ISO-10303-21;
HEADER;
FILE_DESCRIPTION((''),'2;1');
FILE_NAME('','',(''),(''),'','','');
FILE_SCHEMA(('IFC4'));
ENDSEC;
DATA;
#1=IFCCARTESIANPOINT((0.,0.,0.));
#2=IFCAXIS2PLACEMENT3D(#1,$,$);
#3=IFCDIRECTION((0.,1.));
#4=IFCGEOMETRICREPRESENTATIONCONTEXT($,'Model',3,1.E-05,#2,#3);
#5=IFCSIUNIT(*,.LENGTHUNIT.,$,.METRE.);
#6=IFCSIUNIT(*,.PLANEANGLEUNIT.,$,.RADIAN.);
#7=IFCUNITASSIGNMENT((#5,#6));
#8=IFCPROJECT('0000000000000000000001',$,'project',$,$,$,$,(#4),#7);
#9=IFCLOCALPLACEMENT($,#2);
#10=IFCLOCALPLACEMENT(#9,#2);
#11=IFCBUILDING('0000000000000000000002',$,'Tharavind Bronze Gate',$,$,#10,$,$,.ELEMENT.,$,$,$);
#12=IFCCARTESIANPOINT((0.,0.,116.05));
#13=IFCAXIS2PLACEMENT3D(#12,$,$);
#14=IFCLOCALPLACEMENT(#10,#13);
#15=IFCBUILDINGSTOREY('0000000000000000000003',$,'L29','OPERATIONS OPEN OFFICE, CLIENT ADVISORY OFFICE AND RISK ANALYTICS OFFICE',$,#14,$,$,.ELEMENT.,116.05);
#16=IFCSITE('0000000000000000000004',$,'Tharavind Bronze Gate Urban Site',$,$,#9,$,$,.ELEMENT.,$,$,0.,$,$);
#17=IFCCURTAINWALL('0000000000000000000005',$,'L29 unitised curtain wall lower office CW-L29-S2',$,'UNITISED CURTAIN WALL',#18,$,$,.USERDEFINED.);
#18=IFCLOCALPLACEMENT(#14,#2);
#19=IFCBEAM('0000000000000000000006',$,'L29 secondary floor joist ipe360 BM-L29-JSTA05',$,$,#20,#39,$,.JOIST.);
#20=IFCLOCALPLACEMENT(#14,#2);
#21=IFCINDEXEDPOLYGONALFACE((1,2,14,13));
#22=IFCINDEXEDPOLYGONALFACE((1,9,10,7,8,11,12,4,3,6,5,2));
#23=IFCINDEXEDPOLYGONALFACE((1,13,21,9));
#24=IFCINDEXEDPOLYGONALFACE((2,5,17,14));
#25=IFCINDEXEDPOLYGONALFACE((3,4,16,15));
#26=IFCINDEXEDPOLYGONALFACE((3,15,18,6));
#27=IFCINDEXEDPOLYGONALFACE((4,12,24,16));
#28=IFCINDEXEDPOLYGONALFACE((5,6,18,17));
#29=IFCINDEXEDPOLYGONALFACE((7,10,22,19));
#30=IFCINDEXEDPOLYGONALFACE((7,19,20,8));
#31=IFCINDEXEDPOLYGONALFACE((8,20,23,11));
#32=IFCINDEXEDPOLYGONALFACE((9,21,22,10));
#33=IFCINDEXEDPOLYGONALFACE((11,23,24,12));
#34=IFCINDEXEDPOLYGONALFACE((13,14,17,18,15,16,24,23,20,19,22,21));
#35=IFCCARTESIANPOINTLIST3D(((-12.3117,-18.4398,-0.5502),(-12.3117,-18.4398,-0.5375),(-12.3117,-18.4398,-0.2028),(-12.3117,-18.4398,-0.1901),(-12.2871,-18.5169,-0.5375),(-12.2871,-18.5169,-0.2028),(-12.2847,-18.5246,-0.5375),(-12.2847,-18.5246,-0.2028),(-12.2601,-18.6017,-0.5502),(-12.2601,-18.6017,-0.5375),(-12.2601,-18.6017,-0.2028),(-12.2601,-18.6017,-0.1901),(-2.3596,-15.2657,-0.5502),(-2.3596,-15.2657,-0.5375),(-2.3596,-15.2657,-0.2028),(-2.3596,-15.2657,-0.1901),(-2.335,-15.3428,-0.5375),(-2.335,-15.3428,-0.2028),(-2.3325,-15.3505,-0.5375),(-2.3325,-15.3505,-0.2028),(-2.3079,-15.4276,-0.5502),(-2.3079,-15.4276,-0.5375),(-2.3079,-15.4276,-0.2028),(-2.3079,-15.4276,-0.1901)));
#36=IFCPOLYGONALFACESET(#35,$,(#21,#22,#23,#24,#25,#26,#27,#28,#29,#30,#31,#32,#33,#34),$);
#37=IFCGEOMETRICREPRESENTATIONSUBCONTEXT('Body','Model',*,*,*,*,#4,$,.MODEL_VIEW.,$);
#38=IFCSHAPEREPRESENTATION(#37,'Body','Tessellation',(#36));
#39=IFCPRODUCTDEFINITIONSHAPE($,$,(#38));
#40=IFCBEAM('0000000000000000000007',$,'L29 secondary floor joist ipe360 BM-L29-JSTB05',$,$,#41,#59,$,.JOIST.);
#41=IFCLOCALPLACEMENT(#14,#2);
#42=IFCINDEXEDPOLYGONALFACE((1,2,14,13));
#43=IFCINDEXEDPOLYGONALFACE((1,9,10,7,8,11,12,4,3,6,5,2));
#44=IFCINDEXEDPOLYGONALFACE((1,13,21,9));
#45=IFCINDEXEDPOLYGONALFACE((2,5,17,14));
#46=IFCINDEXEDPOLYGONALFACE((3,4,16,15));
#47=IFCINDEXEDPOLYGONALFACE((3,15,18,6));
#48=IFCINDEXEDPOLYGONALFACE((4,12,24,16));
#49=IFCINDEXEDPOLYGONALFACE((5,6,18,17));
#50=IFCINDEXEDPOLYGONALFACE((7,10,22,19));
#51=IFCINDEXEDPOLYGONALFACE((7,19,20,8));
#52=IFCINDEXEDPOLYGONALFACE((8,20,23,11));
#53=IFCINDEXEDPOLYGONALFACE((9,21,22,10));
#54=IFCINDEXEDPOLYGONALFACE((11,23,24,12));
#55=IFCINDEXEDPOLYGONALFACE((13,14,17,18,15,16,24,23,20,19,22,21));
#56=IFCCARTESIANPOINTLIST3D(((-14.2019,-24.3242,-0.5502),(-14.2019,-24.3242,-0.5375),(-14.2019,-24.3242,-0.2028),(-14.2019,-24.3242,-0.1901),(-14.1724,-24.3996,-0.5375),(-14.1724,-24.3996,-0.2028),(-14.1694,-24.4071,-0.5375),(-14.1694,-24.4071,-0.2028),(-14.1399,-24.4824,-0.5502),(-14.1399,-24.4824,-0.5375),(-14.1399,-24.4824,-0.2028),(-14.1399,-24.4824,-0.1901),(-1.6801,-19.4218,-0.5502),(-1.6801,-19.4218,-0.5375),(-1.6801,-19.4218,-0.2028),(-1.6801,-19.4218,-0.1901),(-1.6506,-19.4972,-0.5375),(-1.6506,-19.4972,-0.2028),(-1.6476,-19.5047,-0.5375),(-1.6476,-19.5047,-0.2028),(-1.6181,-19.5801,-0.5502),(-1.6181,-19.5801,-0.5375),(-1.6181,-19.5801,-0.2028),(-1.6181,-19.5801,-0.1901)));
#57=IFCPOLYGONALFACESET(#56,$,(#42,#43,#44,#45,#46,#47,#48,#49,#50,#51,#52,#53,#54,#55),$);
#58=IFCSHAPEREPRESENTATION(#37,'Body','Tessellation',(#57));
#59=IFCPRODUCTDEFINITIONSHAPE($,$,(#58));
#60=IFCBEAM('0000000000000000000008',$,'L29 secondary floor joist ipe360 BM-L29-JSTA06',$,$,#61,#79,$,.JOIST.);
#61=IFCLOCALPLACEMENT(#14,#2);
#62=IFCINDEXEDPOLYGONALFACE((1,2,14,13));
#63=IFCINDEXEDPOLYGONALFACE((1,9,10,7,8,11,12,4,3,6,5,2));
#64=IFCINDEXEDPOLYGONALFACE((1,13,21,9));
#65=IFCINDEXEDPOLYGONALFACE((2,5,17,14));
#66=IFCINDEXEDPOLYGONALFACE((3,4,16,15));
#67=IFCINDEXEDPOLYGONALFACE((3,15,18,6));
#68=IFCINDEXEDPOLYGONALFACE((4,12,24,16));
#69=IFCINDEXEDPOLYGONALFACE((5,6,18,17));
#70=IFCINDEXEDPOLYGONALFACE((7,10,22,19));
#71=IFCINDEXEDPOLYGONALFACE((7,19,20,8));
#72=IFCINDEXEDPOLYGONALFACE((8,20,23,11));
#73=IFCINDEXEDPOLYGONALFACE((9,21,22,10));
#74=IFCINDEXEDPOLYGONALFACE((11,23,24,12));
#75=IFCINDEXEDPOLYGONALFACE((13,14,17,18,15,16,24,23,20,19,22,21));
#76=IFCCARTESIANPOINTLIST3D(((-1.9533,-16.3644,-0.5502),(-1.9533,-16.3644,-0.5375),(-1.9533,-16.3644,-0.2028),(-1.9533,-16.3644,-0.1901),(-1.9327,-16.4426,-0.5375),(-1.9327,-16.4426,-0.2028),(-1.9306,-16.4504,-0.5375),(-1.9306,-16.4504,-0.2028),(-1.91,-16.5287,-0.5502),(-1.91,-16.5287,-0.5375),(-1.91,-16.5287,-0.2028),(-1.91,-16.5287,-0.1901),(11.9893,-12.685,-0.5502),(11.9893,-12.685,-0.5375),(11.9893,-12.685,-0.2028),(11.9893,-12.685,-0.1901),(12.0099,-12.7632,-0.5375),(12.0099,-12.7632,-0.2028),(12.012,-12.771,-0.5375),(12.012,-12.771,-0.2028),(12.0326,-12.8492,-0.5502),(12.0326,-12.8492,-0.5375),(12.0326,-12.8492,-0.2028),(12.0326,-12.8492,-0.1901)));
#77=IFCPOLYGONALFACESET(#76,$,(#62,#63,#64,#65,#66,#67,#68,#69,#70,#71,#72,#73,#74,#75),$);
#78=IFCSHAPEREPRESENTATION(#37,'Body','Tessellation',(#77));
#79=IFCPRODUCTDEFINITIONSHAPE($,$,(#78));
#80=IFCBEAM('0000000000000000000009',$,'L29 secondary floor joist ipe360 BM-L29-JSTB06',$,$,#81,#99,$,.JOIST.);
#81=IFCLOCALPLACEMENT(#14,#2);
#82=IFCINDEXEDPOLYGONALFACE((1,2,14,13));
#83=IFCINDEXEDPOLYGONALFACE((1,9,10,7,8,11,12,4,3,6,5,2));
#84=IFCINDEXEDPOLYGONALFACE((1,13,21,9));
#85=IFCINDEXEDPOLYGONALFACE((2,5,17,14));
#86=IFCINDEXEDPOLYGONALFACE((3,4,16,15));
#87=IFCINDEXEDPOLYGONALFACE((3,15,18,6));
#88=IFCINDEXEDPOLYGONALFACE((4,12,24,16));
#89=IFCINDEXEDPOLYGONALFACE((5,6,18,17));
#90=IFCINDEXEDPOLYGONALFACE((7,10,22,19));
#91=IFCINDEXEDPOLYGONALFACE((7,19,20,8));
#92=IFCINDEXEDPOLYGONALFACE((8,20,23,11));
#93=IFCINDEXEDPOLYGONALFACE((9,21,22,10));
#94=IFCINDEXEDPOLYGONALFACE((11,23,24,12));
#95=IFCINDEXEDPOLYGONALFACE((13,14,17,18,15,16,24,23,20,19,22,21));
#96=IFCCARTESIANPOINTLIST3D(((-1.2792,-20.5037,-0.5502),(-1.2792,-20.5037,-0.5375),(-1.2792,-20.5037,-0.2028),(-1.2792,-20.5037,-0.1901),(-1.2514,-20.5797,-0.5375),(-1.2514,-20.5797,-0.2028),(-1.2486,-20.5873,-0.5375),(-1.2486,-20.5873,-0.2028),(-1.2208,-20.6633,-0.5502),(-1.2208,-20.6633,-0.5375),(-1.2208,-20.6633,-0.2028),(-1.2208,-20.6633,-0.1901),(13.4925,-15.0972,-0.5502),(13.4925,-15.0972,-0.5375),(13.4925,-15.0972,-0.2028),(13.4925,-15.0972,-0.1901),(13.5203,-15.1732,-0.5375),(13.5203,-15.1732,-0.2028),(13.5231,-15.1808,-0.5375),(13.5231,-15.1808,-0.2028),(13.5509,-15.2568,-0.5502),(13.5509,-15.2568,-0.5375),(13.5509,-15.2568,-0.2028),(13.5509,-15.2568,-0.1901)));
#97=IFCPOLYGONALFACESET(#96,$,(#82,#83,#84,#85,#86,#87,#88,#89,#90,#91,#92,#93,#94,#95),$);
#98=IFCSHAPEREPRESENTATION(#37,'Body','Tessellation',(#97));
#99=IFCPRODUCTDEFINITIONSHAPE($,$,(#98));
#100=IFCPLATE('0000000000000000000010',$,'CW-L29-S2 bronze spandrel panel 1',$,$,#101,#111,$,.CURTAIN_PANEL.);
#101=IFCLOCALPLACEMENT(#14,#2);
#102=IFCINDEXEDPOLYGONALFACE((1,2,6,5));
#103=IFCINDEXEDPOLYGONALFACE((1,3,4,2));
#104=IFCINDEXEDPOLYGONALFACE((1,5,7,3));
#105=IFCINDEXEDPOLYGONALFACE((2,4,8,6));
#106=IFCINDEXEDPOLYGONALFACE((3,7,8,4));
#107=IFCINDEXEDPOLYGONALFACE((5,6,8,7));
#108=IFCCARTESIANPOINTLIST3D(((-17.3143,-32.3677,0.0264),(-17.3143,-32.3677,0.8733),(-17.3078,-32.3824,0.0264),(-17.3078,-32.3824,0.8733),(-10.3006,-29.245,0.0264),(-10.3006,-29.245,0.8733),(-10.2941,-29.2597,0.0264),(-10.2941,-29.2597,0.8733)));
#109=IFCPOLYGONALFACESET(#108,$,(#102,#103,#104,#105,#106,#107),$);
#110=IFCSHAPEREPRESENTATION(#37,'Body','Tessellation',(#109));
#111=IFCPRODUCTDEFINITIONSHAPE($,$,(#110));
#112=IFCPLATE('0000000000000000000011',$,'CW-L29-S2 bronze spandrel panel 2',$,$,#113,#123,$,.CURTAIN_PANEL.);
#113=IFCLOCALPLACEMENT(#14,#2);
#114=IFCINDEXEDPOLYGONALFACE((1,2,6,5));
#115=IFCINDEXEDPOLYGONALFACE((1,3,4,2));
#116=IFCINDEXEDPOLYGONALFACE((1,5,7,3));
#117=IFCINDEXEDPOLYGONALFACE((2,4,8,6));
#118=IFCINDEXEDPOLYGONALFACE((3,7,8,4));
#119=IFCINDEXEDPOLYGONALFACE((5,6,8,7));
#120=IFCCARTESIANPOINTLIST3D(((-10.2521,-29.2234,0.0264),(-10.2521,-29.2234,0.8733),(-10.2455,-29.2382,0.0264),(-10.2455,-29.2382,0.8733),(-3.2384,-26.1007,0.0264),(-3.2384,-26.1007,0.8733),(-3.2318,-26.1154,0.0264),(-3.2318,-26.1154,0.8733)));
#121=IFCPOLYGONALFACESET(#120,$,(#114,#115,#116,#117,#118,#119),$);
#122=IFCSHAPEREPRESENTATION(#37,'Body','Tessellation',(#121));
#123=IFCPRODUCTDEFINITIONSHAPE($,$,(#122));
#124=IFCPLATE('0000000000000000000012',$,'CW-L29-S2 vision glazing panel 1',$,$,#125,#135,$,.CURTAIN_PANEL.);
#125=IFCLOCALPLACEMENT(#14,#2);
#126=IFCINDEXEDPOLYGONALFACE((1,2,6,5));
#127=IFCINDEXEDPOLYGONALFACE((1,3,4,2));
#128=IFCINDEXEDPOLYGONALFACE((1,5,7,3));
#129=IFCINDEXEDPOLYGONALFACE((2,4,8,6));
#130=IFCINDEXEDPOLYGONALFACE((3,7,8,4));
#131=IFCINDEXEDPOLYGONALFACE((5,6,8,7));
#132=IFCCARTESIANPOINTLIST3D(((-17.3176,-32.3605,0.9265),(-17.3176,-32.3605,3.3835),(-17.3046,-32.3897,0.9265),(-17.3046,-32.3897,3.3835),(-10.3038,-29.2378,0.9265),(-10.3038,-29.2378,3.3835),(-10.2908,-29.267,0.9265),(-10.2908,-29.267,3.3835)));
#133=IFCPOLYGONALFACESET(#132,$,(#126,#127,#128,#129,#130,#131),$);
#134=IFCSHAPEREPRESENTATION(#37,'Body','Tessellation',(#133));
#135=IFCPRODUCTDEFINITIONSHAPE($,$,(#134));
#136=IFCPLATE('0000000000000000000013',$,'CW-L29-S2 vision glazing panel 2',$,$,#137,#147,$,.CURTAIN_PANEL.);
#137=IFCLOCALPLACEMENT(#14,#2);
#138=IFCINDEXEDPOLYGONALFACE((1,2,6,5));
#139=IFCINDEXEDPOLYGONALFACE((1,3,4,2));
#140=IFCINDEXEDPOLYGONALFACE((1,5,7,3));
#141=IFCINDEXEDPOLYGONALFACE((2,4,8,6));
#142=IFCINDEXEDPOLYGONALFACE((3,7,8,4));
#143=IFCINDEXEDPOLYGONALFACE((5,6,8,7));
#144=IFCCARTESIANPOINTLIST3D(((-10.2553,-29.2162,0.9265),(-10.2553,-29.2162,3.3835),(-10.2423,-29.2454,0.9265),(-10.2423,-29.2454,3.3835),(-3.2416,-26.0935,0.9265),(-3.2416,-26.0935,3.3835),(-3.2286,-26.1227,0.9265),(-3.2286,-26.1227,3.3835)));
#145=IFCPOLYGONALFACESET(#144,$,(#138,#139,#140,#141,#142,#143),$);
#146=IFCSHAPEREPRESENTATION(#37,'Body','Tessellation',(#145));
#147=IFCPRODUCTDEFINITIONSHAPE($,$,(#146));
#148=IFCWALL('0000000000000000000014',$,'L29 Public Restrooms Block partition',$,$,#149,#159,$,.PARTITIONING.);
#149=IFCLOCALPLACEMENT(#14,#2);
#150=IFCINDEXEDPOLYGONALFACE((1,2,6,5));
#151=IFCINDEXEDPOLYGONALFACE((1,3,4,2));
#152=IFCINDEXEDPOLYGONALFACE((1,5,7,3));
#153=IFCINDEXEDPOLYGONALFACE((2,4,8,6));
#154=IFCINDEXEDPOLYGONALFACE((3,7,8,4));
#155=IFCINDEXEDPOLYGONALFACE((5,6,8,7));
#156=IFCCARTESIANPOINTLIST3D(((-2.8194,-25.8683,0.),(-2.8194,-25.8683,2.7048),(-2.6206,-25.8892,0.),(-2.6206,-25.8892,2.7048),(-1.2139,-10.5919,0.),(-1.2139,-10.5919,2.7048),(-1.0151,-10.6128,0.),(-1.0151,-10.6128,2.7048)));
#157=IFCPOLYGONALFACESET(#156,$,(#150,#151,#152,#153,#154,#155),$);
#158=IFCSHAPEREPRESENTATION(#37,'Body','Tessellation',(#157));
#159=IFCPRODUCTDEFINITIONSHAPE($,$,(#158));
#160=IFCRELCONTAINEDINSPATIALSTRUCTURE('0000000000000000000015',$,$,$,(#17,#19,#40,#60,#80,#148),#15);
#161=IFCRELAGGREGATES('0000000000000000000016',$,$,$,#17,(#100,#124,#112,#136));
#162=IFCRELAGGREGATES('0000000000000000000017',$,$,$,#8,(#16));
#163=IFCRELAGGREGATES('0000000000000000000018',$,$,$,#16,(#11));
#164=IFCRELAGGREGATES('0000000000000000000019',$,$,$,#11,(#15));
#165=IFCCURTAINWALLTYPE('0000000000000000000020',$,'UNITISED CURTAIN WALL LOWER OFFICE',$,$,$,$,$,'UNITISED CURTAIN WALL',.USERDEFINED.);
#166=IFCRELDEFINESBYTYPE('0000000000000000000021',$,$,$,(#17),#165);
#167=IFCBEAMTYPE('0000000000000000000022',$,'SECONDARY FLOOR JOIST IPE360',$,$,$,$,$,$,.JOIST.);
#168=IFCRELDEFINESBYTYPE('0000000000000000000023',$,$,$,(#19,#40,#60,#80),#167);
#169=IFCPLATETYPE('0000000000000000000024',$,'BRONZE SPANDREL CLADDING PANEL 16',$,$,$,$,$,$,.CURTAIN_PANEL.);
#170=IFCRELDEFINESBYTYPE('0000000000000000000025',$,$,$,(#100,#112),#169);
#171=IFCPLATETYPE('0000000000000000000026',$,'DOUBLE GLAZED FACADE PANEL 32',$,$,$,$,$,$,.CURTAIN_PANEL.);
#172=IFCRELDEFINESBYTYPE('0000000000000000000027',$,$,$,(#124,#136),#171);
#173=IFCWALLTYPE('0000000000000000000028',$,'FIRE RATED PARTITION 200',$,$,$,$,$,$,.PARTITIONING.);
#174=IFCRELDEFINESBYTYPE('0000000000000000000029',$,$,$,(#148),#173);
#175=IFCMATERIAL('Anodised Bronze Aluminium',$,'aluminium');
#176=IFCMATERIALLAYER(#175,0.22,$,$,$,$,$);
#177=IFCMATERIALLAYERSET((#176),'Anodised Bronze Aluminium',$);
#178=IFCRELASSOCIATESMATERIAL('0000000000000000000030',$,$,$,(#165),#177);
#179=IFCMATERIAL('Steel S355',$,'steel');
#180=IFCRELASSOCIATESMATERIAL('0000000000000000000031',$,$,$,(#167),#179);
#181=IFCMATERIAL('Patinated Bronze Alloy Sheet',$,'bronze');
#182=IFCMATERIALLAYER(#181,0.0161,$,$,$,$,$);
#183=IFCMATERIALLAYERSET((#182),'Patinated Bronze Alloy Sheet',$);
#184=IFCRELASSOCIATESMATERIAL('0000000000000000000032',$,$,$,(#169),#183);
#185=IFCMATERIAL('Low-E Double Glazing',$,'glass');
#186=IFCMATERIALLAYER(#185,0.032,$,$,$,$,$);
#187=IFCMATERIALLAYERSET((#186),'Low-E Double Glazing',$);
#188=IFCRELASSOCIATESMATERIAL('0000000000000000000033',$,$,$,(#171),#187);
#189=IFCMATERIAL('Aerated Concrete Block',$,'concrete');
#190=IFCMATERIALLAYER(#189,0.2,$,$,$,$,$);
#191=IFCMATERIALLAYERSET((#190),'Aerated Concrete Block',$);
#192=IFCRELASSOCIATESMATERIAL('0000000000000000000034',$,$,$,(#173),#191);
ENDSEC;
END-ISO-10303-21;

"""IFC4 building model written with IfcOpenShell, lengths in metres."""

from ifc_helpers import new_model, si_unit, direction, frame, frame_2d, origin, origin_2d, place, context, subcontext, project, spatial, rectangle, i_section, extrude, material, layer, layer_set, material_profile, profile_set, type_object, element, aggregate, save


model = new_model("IFC4")

# Units and contexts
model_context = context("Model", 3, precision=1e-05, world=origin(), true_north=direction((0.0, 1.0)))
body_context = subcontext(model_context, "Body", "Model", "MODEL_VIEW")
ifc_project = project(units=[si_unit("LENGTHUNIT", "METRE"), si_unit("PLANEANGLEUNIT", "RADIAN")], contexts=[model_context])

# Site, building, storey
site_placement = place(None, origin())
site = spatial("IfcSite", under=ifc_project, at=site_placement, Name="Tharavind Bronze Gate Urban Site", CompositionType="ELEMENT", RefElevation=0.0)
building_placement = place(site_placement, origin())
building = spatial("IfcBuilding", under=site, at=building_placement, Name="Tharavind Bronze Gate", CompositionType="ELEMENT")
storey_placement = place(building_placement, frame((0.0, 0.0, 116.05)))
storey = spatial("IfcBuildingStorey", under=building, at=storey_placement, Name="L29", Description="OPERATIONS OPEN OFFICE, CLIENT ADVISORY OFFICE AND RISK ANALYTICS OFFICE", CompositionType="ELEMENT", Elevation=116.05)

# Curtain wall
ifc_material_1 = material(Name="Anodised Bronze Aluminium", Category="aluminium")
ifc_layer_1 = layer(ifc_material_1, 0.22)
ifc_layer_set_1 = layer_set([ifc_layer_1], Name="Anodised Bronze Aluminium")
curtain_wall_type = type_object("IfcCurtainWallType", Name="UNITISED CURTAIN WALL LOWER OFFICE", ElementType="UNITISED CURTAIN WALL", PredefinedType="USERDEFINED", material=ifc_layer_set_1)
curtain_wall_placement = place(storey_placement, origin())
curtain_wall = element("IfcCurtainWall", 1, at=curtain_wall_placement, inside=storey, type_object=curtain_wall_type, Name="L29 unitised curtain wall lower office CW-L29-S2", ObjectType="UNITISED CURTAIN WALL", PredefinedType="USERDEFINED")

# Beams
ifc_material_2 = material(Name="Steel S355", Category="steel")
ifc_material_profile_1 = material_profile(ifc_material_2, i_section(OverallWidth=0.1699, OverallDepth=0.3601, WebThickness=0.0081, FlangeThickness=0.0127, at=origin_2d()), Name="IPE360")
ifc_profile_set_1 = profile_set([ifc_material_profile_1], Name="Steel S355")
beam_type_1 = type_object("IfcBeamType", Name="SECONDARY FLOOR JOIST IPE360", PredefinedType="JOIST", material=ifc_profile_set_1)
beam_1_placement = place(storey_placement, frame((-12.2859, -18.5208, -0.3701), z_axis=(0.952719, 0.303854, 0.0), x_axis=(-0.303854, 0.952719, 0.0)))
element("IfcBeam", 2, at=beam_1_placement, inside=storey, type_object=beam_type_1, Name="L29 secondary floor joist ipe360 BM-L29-JSTA05", PredefinedType="JOIST", context=body_context, shape_type="SweptSolid", body=[
    extrude(i_section(OverallWidth=0.1699, OverallDepth=0.3601, WebThickness=0.0081, FlangeThickness=0.0127, at=origin_2d()), origin(), (0.0, 0.0, 1.0), 10.446),
])
beam_2_placement = place(storey_placement, frame((-14.1709, -24.4033, -0.3701), z_axis=(0.931179, 0.364563, 0.0), x_axis=(-0.364563, 0.931179, 0.0)))
element("IfcBeam", 3, at=beam_2_placement, inside=storey, type_object=beam_type_1, Name="L29 secondary floor joist ipe360 BM-L29-JSTB05", PredefinedType="JOIST", context=body_context, shape_type="SweptSolid", body=[
    extrude(i_section(OverallWidth=0.1699, OverallDepth=0.3601, WebThickness=0.0081, FlangeThickness=0.0127, at=origin_2d()), origin(), (0.0, 0.0, 1.0), 13.4473),
])
beam_3_placement = place(storey_placement, frame((-1.9316, -16.4465, -0.3701), z_axis=(0.966898, 0.255163, 0.0), x_axis=(-0.255163, 0.966898, 0.0)))
element("IfcBeam", 4, at=beam_3_placement, inside=storey, type_object=beam_type_1, Name="L29 secondary floor joist ipe360 BM-L29-JSTA06", PredefinedType="JOIST", context=body_context, shape_type="SweptSolid", body=[
    extrude(i_section(OverallWidth=0.1699, OverallDepth=0.3601, WebThickness=0.0081, FlangeThickness=0.0127, at=origin_2d()), origin(), (0.0, 0.0, 1.0), 14.4199),
])
beam_4_placement = place(storey_placement, frame((-1.25, -20.5835, -0.3701), z_axis=(0.939078, 0.343705, 0.0), x_axis=(-0.343705, 0.939078, 0.0)))
element("IfcBeam", 5, at=beam_4_placement, inside=storey, type_object=beam_type_1, Name="L29 secondary floor joist ipe360 BM-L29-JSTB06", PredefinedType="JOIST", context=body_context, shape_type="SweptSolid", body=[
    extrude(i_section(OverallWidth=0.1699, OverallDepth=0.3601, WebThickness=0.0081, FlangeThickness=0.0127, at=origin_2d()), origin(), (0.0, 0.0, 1.0), 15.73),
])

# Plates
ifc_material_3 = material(Name="Patinated Bronze Alloy Sheet", Category="bronze")
ifc_layer_2 = layer(ifc_material_3, 0.0161)
ifc_layer_set_2 = layer_set([ifc_layer_2], Name="Patinated Bronze Alloy Sheet")
plate_type_1 = type_object("IfcPlateType", Name="BRONZE SPANDREL CLADDING PANEL 16", PredefinedType="CURTAIN_PANEL", material=ifc_layer_set_2)
plate_1_placement = place(storey_placement, frame((-13.8042, -30.8137, 0.0264), z_axis=(0.0, 0.0, 1.0), x_axis=(0.913545, 0.406737, 0.0)))
plate_1 = element("IfcPlate", 6, at=plate_1_placement, type_object=plate_type_1, Name="CW-L29-S2 bronze spandrel panel 1", PredefinedType="CURTAIN_PANEL", context=body_context, shape_type="SweptSolid", body=[
    extrude(rectangle(XDim=7.6775, YDim=0.0161, at=origin_2d()), origin(), (0.0, 0.0, 1.0), 0.8469),
])
plate_2_placement = place(storey_placement, frame((-6.7419, -27.6694, 0.0264), z_axis=(0.0, 0.0, 1.0), x_axis=(0.913545, 0.406737, 0.0)))
plate_2 = element("IfcPlate", 7, at=plate_2_placement, type_object=plate_type_1, Name="CW-L29-S2 bronze spandrel panel 2", PredefinedType="CURTAIN_PANEL", context=body_context, shape_type="SweptSolid", body=[
    extrude(rectangle(XDim=7.6775, YDim=0.0161, at=origin_2d()), origin(), (0.0, 0.0, 1.0), 0.8469),
])
ifc_material_4 = material(Name="Low-E Double Glazing", Category="glass")
ifc_layer_3 = layer(ifc_material_4, 0.032)
ifc_layer_set_3 = layer_set([ifc_layer_3], Name="Low-E Double Glazing")
plate_type_2 = type_object("IfcPlateType", Name="DOUBLE GLAZED FACADE PANEL 32", PredefinedType="CURTAIN_PANEL", material=ifc_layer_set_3)
plate_3_placement = place(storey_placement, frame((-13.8042, -30.8137, 0.9265), z_axis=(0.0, 0.0, 1.0), x_axis=(0.913545, 0.406737, 0.0)))
plate_3 = element("IfcPlate", 8, at=plate_3_placement, type_object=plate_type_2, Name="CW-L29-S2 vision glazing panel 1", PredefinedType="CURTAIN_PANEL", context=body_context, shape_type="SweptSolid", body=[
    extrude(rectangle(XDim=7.6775, YDim=0.032, at=origin_2d()), origin(), (0.0, 0.0, 1.0), 2.457),
])
plate_4_placement = place(storey_placement, frame((-6.7419, -27.6694, 0.9265), z_axis=(0.0, 0.0, 1.0), x_axis=(0.913545, 0.406737, 0.0)))
plate_4 = element("IfcPlate", 9, at=plate_4_placement, type_object=plate_type_2, Name="CW-L29-S2 vision glazing panel 2", PredefinedType="CURTAIN_PANEL", context=body_context, shape_type="SweptSolid", body=[
    extrude(rectangle(XDim=7.6775, YDim=0.032, at=origin_2d()), origin(), (0.0, 0.0, 1.0), 2.457),
])
aggregate(curtain_wall, [plate_1, plate_3, plate_2, plate_4])

# Wall
ifc_material_5 = material(Name="Aerated Concrete Block", Category="concrete")
ifc_layer_4 = layer(ifc_material_5, 0.2)
ifc_layer_set_4 = layer_set([ifc_layer_4], Name="Aerated Concrete Block")
wall_type = type_object("IfcWallType", Name="FIRE RATED PARTITION 200", PredefinedType="PARTITIONING", material=ifc_layer_set_4)
wall_placement = place(storey_placement, frame((-2.72, -25.8787, 0.0), z_axis=(0.0, 0.0, 1.0), x_axis=(0.104519, 0.994523, 0.0)))
element("IfcWall", 10, at=wall_placement, inside=storey, type_object=wall_type, Name="L29 Public Restrooms Block partition", PredefinedType="PARTITIONING", context=body_context, shape_type="SweptSolid", body=[
    extrude(rectangle(XDim=15.3606, YDim=0.2, at=frame_2d((7.6802, 0.0))), origin(), (0.0, 0.0, 1.0), 2.7048),
])

save(model, "model.ifc")
